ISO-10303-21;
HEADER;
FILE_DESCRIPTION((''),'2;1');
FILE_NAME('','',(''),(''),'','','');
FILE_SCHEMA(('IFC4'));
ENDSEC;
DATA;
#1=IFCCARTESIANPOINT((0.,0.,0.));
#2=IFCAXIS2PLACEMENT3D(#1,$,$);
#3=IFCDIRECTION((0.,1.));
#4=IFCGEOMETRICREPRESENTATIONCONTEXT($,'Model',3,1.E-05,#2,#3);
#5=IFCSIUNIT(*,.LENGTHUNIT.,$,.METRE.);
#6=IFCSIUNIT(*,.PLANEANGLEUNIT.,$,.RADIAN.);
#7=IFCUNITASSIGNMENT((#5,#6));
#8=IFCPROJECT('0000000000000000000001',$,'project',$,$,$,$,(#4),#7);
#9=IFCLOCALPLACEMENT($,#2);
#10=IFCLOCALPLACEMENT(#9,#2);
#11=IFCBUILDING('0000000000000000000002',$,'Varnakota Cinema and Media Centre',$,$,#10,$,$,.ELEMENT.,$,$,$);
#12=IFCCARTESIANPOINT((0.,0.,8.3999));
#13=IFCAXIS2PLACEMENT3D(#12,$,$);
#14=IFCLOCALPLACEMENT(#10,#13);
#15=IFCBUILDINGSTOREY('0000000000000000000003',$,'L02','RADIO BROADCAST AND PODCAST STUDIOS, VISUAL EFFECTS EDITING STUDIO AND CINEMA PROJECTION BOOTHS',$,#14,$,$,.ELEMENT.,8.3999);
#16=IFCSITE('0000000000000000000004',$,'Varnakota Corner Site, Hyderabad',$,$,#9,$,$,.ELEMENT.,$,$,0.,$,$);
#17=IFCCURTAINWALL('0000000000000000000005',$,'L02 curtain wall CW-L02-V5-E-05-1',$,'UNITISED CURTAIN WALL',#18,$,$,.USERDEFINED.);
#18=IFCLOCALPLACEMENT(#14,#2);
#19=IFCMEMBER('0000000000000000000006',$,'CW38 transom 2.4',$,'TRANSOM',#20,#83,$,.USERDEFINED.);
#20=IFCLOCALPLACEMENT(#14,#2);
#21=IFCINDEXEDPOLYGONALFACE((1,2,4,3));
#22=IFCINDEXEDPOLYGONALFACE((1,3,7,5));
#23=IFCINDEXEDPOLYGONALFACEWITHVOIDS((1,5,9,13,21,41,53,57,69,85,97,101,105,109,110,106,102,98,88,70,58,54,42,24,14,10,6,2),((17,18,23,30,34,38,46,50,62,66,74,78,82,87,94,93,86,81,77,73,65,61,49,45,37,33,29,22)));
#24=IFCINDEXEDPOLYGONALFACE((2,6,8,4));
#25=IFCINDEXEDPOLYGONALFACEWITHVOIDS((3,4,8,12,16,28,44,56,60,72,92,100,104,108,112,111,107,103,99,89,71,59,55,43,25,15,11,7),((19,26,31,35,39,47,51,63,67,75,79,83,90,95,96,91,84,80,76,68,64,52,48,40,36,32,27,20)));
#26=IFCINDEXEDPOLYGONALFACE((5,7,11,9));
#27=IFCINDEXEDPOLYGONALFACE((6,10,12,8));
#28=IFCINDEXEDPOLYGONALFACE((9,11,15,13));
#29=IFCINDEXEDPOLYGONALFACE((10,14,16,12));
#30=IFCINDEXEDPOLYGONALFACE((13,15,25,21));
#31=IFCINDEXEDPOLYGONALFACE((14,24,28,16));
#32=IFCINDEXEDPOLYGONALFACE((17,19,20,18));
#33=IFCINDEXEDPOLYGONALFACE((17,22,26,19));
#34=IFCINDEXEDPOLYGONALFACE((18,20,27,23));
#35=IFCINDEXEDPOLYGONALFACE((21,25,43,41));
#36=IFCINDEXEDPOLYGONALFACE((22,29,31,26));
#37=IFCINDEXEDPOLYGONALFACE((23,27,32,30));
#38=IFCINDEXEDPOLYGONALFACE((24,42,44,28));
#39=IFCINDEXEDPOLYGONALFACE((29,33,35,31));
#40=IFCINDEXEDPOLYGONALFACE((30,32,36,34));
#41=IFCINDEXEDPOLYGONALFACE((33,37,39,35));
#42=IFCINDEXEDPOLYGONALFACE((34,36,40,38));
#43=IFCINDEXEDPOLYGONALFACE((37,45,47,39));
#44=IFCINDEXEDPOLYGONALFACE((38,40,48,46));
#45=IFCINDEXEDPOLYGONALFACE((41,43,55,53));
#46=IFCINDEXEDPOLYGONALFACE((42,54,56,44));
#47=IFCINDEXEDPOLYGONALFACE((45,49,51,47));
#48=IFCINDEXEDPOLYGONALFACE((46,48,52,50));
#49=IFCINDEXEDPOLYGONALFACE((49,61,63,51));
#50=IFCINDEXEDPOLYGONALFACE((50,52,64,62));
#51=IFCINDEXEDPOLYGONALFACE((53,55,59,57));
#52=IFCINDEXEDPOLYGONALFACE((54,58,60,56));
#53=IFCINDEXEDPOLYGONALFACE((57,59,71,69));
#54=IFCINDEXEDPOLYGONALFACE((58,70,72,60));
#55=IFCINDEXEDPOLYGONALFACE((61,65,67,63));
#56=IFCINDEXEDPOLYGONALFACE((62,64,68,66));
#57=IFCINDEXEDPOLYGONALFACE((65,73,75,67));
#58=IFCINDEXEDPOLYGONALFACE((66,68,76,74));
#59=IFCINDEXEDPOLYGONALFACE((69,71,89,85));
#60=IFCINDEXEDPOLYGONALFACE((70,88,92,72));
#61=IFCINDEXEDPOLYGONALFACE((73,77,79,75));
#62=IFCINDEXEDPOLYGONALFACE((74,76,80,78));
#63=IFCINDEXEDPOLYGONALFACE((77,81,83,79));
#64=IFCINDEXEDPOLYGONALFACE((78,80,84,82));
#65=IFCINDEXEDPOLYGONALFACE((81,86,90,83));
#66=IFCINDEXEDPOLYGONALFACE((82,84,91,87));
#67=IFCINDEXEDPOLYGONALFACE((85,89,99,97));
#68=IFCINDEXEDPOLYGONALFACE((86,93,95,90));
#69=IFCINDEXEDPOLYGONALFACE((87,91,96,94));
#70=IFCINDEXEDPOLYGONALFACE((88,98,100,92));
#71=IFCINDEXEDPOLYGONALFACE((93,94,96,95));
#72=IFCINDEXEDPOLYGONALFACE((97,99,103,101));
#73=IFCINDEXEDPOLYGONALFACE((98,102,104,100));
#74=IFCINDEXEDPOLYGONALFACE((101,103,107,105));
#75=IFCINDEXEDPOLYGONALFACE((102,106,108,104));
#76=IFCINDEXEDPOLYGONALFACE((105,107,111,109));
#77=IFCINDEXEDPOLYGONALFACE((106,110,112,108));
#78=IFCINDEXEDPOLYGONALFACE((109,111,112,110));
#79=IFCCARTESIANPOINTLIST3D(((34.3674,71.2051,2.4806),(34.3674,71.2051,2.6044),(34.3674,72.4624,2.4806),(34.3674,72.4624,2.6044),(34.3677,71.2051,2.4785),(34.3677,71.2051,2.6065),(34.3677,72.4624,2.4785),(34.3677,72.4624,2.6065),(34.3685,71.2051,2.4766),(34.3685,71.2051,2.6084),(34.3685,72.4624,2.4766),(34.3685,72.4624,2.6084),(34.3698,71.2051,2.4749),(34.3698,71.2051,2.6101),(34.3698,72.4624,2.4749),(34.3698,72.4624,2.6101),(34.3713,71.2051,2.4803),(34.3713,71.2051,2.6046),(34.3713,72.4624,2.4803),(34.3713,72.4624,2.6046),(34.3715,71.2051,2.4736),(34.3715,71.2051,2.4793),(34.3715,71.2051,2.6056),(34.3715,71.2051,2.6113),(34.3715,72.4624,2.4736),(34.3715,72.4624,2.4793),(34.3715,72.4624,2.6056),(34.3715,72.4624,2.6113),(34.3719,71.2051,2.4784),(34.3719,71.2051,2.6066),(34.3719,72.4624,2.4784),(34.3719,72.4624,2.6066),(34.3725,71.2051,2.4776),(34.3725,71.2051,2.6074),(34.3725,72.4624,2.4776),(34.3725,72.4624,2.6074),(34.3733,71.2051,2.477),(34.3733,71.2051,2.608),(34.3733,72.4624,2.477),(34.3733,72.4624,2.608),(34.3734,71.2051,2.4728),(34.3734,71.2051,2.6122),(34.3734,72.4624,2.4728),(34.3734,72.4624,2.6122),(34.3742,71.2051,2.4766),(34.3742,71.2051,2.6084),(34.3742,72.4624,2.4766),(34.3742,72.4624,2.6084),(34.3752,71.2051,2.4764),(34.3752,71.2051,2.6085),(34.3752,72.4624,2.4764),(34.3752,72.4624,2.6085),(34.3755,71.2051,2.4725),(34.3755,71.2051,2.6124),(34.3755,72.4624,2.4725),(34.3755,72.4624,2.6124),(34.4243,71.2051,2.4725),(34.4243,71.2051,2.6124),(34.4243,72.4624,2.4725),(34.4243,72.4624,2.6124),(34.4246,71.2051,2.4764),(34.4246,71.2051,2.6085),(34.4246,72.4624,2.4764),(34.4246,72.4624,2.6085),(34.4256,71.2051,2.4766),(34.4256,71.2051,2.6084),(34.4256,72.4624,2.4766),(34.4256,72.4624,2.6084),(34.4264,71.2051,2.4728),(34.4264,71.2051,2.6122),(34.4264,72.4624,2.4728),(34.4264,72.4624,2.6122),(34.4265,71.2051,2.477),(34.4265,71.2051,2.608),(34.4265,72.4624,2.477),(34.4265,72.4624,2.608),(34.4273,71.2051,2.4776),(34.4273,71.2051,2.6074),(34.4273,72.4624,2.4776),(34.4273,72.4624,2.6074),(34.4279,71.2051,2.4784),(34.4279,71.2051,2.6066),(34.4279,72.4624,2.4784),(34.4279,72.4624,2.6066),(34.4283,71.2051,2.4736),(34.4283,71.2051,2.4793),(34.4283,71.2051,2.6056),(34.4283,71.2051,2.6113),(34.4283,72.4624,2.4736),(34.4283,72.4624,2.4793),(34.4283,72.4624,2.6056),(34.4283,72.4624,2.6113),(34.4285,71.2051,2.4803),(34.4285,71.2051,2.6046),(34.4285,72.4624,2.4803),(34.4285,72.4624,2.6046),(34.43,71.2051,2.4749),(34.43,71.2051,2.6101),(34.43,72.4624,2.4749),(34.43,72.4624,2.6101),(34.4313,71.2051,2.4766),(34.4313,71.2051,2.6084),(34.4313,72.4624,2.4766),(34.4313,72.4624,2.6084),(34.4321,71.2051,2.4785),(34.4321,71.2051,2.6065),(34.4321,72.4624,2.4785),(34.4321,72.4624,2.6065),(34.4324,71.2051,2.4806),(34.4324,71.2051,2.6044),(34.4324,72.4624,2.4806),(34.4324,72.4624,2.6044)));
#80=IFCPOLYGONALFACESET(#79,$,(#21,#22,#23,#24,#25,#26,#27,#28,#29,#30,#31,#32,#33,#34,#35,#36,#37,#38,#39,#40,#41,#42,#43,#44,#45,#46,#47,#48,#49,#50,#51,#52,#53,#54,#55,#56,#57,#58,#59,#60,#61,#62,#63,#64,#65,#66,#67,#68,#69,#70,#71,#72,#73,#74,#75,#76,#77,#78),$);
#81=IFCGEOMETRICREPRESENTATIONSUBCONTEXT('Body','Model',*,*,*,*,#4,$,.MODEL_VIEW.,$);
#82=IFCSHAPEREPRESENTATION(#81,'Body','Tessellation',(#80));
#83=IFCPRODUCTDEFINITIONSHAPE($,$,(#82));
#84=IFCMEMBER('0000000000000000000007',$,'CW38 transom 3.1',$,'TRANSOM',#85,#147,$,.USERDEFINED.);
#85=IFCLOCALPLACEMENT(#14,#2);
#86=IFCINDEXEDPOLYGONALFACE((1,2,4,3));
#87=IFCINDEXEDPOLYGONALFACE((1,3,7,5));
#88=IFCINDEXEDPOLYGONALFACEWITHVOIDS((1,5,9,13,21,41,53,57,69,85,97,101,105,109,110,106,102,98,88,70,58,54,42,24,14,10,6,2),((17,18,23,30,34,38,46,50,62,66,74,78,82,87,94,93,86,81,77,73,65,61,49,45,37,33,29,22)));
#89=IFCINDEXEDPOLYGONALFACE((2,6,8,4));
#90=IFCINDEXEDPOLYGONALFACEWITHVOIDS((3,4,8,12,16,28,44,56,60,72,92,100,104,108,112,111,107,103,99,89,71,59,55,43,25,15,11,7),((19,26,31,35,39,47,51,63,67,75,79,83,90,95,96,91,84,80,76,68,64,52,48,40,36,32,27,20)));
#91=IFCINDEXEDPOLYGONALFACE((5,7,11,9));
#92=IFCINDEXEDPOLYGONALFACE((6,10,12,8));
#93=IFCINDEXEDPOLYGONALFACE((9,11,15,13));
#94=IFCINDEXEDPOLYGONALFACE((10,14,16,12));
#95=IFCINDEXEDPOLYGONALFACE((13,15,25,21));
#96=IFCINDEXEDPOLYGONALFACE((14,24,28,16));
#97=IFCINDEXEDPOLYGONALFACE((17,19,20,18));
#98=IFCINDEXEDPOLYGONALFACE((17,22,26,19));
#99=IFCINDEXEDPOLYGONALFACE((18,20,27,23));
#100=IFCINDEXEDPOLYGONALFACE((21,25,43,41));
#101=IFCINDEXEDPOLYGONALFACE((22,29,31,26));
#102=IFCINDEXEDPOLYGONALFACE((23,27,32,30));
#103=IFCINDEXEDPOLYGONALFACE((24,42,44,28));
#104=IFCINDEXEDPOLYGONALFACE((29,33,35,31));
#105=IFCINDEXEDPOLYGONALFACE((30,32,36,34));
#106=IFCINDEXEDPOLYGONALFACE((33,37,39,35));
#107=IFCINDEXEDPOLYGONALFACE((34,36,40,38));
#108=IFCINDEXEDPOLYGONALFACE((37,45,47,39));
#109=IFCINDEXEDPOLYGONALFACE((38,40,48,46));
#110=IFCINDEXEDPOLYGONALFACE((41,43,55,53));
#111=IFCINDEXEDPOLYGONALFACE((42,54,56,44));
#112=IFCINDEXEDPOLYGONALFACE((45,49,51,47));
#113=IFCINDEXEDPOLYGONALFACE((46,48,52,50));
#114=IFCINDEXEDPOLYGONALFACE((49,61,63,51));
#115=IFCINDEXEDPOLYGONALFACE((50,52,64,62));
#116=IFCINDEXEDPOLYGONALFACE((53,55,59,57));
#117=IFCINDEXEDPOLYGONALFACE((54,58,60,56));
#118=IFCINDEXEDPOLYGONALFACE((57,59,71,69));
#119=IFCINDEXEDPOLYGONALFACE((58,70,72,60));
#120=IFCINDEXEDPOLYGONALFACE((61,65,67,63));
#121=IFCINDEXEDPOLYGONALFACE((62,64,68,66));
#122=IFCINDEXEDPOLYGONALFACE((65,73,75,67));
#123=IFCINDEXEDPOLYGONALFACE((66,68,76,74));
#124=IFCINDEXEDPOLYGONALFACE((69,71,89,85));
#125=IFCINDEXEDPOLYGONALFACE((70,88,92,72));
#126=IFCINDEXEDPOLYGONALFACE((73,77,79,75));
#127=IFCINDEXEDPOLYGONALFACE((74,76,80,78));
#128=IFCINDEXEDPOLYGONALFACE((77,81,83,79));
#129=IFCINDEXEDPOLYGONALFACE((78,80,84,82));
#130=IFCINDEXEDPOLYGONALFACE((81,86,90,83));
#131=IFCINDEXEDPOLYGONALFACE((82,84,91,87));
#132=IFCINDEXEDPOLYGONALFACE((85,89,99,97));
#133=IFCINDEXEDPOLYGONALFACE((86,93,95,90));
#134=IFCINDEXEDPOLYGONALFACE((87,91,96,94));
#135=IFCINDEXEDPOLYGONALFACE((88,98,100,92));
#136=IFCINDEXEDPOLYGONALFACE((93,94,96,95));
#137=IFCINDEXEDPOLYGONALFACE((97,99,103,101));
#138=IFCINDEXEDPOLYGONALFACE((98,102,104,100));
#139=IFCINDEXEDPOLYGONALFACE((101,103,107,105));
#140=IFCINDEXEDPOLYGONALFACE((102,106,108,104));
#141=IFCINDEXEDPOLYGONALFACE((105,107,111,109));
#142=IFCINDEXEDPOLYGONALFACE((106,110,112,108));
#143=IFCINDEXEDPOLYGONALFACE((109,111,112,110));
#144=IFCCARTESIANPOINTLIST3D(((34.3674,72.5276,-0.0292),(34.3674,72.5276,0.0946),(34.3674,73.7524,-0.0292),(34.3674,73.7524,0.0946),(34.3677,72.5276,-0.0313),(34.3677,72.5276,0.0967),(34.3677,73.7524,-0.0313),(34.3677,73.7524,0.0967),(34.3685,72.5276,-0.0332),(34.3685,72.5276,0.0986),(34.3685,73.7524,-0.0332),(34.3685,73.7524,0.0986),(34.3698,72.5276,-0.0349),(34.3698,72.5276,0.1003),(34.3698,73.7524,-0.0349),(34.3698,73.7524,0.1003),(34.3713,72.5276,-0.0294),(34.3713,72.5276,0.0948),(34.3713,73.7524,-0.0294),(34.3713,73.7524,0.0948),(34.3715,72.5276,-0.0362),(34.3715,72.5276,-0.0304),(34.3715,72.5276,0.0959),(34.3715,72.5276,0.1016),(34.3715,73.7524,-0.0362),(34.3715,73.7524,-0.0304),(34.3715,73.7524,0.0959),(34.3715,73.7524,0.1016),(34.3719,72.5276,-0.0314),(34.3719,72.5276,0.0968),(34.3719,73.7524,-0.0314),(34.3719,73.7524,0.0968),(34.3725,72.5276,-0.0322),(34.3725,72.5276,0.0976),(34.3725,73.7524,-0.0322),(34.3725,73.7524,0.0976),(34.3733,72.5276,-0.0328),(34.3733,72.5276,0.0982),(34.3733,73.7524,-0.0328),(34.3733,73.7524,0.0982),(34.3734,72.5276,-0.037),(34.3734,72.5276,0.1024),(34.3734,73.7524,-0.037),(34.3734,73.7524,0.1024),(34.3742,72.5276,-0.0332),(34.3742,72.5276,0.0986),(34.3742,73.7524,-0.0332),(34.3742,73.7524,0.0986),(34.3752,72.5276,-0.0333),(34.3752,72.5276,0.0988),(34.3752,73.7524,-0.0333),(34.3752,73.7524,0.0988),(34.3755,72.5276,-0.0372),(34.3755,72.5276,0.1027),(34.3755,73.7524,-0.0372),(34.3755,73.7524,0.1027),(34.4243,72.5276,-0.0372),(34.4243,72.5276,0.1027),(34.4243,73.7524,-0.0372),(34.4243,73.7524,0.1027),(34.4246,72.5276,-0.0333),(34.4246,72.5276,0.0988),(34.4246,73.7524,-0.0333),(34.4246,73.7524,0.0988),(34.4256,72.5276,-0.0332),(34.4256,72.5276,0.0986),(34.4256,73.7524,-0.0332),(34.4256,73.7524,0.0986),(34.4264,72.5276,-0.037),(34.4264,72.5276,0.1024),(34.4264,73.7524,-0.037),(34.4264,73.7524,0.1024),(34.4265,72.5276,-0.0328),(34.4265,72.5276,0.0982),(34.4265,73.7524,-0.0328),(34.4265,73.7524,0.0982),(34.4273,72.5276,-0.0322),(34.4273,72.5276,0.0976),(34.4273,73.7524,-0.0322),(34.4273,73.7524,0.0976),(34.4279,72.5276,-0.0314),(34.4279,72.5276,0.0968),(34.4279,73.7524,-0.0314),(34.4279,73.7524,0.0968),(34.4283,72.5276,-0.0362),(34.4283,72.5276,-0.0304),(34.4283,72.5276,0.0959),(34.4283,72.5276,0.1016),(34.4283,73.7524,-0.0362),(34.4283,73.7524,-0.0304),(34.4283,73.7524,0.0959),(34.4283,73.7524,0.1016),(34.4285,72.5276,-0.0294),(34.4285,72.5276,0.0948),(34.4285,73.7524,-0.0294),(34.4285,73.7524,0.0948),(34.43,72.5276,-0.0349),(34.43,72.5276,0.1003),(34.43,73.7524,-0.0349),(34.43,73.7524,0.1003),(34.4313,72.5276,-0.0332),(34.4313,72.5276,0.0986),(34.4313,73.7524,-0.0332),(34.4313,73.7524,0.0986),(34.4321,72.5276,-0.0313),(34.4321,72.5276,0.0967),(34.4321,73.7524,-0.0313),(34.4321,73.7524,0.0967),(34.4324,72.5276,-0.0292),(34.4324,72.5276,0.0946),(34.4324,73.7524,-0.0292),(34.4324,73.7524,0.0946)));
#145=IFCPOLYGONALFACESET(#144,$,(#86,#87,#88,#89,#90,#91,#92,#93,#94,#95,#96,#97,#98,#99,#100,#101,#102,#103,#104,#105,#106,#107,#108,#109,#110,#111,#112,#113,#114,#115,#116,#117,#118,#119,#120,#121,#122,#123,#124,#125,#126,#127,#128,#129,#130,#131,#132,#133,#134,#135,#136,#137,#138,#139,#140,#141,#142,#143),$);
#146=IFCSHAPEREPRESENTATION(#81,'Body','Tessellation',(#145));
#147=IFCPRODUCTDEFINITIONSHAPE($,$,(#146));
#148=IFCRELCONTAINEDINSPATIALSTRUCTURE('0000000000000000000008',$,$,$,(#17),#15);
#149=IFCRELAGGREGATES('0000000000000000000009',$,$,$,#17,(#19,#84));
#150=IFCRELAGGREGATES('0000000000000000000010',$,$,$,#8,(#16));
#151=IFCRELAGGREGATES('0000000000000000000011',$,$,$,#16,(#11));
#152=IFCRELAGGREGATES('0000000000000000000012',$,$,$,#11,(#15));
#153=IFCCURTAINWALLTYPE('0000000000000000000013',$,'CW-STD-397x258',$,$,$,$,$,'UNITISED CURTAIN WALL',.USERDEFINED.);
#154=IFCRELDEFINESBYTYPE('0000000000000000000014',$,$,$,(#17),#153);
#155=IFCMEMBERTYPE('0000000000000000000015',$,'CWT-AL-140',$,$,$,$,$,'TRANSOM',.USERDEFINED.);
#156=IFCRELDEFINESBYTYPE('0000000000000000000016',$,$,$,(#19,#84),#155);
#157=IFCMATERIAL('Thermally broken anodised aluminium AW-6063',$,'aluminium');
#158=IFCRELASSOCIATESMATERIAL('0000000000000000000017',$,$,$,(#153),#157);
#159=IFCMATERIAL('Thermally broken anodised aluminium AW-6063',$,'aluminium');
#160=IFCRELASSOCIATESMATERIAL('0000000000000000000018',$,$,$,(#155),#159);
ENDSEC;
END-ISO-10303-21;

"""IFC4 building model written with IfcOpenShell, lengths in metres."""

from ifc_helpers import new_model, si_unit, direction, frame, origin, origin_2d, place, context, subcontext, project, spatial, hollow_rectangle, extrude, material, material_profile, profile_set, type_object, element, aggregate, save


model = new_model("IFC4")

# Units and contexts
model_context = context("Model", 3, precision=1e-05, world=origin(), true_north=direction((0.0, 1.0)))
body_context = subcontext(model_context, "Body", "Model", "MODEL_VIEW")
ifc_project = project(units=[si_unit("LENGTHUNIT", "METRE"), si_unit("PLANEANGLEUNIT", "RADIAN")], contexts=[model_context])

# Site, building, storey
site_placement = place(None, origin())
site = spatial("IfcSite", under=ifc_project, at=site_placement, Name="Varnakota Corner Site, Hyderabad", CompositionType="ELEMENT", RefElevation=0.0)
building_placement = place(site_placement, origin())
building = spatial("IfcBuilding", under=site, at=building_placement, Name="Varnakota Cinema and Media Centre", CompositionType="ELEMENT")
storey_placement = place(building_placement, frame((0.0, 0.0, 8.3999)))
storey = spatial("IfcBuildingStorey", under=building, at=storey_placement, Name="L02", Description="RADIO BROADCAST AND PODCAST STUDIOS, VISUAL EFFECTS EDITING STUDIO AND CINEMA PROJECTION BOOTHS", CompositionType="ELEMENT", Elevation=8.3999)

# Curtain wall, members
ifc_material_1 = material(Name="Thermally broken anodised aluminium AW-6063", Category="aluminium")
curtain_wall_type = type_object("IfcCurtainWallType", Name="CW-STD-397x258", ElementType="UNITISED CURTAIN WALL", PredefinedType="USERDEFINED", material=ifc_material_1)
curtain_wall_placement = place(storey_placement, origin())
curtain_wall = element("IfcCurtainWall", 1, at=curtain_wall_placement, inside=storey, type_object=curtain_wall_type, Name="L02 curtain wall CW-L02-V5-E-05-1", ObjectType="UNITISED CURTAIN WALL", PredefinedType="USERDEFINED")
ifc_material_2 = material(Name="Thermally broken anodised aluminium AW-6063", Category="aluminium")
ifc_material_profile_1 = material_profile(ifc_material_2, hollow_rectangle(XDim=0.0649, YDim=0.1399, WallThickness=0.0039, InnerFilletRadius=0.0039, OuterFilletRadius=0.0081, at=origin_2d()), Name="AL-TRANSOM 140x65x4")
ifc_profile_set_1 = profile_set([ifc_material_profile_1], Name="Thermally broken anodised aluminium AW-6063")
member_type_1 = type_object("IfcMemberType", Name="CWT-AL-140", ElementType="TRANSOM", PredefinedType="USERDEFINED", material=ifc_profile_set_1)
member_1_placement = place(storey_placement, frame((34.3999, 71.2051, 2.5425), z_axis=(0.0, 1.0, 0.0), x_axis=(-1.0, 0.0, 0.0)))
member_1 = element("IfcMember", 2, at=member_1_placement, type_object=member_type_1, Name="CW38 transom 2.4", ObjectType="TRANSOM", PredefinedType="USERDEFINED", context=body_context, shape_type="SweptSolid", body=[
    extrude(hollow_rectangle(XDim=0.0649, YDim=0.1399, WallThickness=0.0039, InnerFilletRadius=0.0039, OuterFilletRadius=0.0081, at=origin_2d()), origin(), (0.0, 0.0, 1.0), 1.2573),
])
member_2_placement = place(storey_placement, frame((34.3999, 72.5276, 0.0327), z_axis=(0.0, 1.0, 0.0), x_axis=(-1.0, 0.0, 0.0)))
member_2 = element("IfcMember", 3, at=member_2_placement, type_object=member_type_1, Name="CW38 transom 3.1", ObjectType="TRANSOM", PredefinedType="USERDEFINED", context=body_context, shape_type="SweptSolid", body=[
    extrude(hollow_rectangle(XDim=0.0649, YDim=0.1399, WallThickness=0.0039, InnerFilletRadius=0.0039, OuterFilletRadius=0.0081, at=origin_2d()), origin(), (0.0, 0.0, 1.0), 1.2249),
])
aggregate(curtain_wall, [member_1, member_2])

save(model, "model.ifc")
